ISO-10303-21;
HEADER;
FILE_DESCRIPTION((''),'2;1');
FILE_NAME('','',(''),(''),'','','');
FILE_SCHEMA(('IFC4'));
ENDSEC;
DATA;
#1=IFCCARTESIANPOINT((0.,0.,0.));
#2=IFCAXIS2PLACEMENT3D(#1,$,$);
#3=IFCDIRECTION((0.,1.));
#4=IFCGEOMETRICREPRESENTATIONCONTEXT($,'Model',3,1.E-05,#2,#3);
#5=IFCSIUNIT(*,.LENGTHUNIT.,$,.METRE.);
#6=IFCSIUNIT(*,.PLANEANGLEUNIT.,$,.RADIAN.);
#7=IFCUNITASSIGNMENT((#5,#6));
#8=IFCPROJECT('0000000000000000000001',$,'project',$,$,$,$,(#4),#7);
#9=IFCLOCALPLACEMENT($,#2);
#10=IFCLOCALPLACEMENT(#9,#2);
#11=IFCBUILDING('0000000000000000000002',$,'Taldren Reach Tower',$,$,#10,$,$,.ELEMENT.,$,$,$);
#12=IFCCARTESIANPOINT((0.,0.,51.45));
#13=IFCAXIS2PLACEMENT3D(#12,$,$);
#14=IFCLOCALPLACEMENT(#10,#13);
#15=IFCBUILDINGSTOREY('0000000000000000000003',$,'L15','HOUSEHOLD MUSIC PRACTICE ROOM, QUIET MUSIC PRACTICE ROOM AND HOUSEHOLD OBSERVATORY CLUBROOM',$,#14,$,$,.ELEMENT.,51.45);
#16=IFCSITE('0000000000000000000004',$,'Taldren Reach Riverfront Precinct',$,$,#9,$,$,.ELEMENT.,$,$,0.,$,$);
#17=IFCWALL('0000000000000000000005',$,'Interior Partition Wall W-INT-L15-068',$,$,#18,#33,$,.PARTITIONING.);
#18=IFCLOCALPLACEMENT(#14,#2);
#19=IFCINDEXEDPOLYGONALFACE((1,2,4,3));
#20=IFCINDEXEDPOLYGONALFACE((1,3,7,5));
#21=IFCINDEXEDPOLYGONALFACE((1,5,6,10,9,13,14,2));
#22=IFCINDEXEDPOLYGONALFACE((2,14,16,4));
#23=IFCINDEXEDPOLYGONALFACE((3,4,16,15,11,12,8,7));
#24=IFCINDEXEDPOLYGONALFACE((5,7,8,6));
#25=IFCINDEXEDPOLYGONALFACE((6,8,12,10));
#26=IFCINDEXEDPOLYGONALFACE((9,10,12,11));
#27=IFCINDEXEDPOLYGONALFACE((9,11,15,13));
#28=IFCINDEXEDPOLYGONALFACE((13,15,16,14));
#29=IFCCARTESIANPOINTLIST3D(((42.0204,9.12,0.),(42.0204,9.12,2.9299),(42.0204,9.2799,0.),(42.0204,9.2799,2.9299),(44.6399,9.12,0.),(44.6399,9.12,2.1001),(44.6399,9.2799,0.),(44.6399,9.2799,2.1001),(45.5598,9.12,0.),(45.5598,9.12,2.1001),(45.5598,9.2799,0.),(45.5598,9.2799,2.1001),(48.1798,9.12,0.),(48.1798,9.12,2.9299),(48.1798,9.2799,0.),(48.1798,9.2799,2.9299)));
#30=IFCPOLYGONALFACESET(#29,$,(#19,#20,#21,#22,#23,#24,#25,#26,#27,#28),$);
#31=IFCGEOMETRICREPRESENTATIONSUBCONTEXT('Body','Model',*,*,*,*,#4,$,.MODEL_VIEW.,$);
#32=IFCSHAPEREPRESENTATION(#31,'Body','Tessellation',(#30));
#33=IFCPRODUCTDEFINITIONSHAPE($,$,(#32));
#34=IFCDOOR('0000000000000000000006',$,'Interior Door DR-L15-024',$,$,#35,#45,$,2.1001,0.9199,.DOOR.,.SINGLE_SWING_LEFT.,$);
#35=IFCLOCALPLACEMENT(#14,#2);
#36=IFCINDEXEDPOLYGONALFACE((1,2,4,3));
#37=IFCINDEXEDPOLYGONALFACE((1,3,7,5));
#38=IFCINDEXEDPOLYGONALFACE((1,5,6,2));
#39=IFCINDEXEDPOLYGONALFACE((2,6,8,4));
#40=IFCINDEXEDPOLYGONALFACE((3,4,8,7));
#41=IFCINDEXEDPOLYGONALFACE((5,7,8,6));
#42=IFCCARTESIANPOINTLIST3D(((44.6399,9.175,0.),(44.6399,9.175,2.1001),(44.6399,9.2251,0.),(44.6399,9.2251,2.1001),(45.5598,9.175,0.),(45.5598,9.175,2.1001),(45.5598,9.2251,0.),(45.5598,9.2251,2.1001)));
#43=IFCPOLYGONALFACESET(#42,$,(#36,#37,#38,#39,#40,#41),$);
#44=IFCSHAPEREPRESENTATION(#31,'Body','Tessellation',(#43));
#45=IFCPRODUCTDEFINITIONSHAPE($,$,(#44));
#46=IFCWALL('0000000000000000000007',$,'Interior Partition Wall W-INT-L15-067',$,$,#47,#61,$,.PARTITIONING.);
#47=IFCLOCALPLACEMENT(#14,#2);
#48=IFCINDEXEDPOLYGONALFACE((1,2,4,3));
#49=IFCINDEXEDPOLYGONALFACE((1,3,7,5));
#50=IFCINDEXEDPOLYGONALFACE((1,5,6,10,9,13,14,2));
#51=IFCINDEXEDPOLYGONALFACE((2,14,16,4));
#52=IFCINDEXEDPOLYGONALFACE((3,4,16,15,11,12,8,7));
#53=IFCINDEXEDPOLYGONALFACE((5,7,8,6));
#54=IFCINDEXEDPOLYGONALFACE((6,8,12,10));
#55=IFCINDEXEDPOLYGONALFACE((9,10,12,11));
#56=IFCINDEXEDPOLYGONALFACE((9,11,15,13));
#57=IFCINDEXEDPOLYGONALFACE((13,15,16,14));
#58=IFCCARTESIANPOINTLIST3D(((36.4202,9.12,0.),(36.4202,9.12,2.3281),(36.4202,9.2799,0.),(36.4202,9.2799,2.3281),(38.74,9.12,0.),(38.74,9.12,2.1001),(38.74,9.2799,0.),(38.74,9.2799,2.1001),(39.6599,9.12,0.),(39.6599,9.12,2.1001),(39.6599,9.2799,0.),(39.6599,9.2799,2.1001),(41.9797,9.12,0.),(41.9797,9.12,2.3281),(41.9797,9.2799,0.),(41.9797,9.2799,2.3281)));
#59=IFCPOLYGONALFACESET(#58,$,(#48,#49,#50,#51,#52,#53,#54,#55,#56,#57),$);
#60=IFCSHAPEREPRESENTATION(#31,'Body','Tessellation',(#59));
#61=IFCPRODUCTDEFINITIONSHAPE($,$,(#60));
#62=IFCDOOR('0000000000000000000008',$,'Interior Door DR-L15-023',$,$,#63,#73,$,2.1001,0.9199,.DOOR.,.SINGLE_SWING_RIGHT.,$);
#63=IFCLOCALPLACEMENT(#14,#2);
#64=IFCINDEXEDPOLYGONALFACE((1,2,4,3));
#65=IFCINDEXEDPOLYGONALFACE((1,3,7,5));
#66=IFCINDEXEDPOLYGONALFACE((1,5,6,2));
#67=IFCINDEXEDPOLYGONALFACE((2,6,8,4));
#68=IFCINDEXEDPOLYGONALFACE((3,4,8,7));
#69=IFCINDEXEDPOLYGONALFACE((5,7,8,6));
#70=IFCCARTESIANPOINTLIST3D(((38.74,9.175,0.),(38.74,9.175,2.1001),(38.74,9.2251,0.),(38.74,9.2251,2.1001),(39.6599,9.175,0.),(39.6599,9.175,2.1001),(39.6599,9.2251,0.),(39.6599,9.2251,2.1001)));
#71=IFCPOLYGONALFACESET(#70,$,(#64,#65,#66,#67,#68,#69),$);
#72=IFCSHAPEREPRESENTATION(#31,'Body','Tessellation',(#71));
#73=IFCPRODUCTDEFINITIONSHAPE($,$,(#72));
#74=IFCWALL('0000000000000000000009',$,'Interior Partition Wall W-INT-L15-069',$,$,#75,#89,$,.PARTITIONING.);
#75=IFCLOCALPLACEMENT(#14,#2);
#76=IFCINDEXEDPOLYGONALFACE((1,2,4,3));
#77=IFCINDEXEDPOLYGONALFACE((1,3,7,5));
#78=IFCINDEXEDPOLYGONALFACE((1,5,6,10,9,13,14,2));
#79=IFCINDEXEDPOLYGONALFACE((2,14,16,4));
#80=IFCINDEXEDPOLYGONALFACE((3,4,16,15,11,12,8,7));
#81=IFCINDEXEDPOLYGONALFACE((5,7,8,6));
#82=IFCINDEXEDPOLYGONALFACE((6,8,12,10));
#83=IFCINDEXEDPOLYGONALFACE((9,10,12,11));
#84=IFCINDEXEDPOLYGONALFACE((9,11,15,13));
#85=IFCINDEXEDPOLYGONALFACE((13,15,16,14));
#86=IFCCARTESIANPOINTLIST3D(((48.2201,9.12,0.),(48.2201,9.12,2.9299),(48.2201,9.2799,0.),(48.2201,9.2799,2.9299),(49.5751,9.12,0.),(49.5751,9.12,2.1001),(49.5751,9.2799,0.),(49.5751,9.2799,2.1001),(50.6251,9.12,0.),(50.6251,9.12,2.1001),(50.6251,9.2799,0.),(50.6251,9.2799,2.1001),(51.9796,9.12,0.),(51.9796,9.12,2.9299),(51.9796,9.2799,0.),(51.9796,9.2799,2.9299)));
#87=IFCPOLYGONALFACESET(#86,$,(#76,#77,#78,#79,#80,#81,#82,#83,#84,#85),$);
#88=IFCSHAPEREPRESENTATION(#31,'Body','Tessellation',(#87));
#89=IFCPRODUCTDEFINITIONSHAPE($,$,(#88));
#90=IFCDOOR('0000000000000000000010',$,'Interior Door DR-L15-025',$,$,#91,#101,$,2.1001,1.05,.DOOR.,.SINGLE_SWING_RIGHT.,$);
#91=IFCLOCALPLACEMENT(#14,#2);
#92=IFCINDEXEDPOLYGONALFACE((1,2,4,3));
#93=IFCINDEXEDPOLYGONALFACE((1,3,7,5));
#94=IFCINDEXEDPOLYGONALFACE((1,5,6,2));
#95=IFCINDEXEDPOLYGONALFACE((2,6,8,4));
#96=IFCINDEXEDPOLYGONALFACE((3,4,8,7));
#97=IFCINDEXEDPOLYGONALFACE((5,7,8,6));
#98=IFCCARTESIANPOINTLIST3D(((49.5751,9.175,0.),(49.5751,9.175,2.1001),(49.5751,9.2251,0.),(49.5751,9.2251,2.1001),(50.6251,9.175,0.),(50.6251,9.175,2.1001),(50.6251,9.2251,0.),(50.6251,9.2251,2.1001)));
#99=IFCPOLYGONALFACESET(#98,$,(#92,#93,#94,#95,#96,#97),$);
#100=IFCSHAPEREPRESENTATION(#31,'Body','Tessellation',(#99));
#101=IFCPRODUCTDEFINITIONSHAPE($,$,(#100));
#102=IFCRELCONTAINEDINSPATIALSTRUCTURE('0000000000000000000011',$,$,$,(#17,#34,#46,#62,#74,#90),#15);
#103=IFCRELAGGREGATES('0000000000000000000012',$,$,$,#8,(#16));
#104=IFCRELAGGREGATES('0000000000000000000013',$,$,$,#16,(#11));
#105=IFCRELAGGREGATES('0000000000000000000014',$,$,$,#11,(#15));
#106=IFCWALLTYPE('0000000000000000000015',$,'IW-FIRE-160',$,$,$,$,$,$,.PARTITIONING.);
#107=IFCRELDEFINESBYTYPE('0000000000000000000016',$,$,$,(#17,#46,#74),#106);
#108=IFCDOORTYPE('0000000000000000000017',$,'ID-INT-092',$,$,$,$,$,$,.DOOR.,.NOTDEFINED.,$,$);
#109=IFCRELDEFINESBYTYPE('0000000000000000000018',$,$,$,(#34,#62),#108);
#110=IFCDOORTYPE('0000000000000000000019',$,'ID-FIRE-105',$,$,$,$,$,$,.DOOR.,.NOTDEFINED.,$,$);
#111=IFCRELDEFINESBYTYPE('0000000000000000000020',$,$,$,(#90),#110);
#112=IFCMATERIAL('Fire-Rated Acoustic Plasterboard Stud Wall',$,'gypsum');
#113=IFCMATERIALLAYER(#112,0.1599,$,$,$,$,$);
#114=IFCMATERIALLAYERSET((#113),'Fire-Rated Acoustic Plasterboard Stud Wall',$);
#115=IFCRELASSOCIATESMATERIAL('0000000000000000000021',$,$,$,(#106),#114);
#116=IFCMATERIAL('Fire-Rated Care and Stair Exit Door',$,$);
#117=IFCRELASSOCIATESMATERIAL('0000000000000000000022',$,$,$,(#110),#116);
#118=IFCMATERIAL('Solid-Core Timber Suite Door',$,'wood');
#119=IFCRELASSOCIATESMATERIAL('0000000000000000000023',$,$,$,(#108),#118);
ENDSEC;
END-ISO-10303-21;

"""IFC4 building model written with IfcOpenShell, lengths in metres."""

from ifc_helpers import new_model, si_unit, direction, frame, frame_2d, origin, place, context, subcontext, project, spatial, rectangle, extrude, source, transform, mapped, material, layer, layer_set, type_object, element, fill, save


model = new_model("IFC4")

# Units and contexts
model_context = context("Model", 3, precision=1e-05, world=origin(), true_north=direction((0.0, 1.0)))
body_context = subcontext(model_context, "Body", "Model", "MODEL_VIEW")
ifc_project = project(units=[si_unit("LENGTHUNIT", "METRE"), si_unit("PLANEANGLEUNIT", "RADIAN")], contexts=[model_context])

# Site, building, storey
site_placement = place(None, origin())
site = spatial("IfcSite", under=ifc_project, at=site_placement, Name="Taldren Reach Riverfront Precinct", CompositionType="ELEMENT", RefElevation=0.0)
building_placement = place(site_placement, origin())
building = spatial("IfcBuilding", under=site, at=building_placement, Name="Taldren Reach Tower", CompositionType="ELEMENT")
storey_placement = place(building_placement, frame((0.0, 0.0, 51.45)))
storey = spatial("IfcBuildingStorey", under=building, at=storey_placement, Name="L15", Description="HOUSEHOLD MUSIC PRACTICE ROOM, QUIET MUSIC PRACTICE ROOM AND HOUSEHOLD OBSERVATORY CLUBROOM", CompositionType="ELEMENT", Elevation=51.45)

# Shared definitions
ifc_material_1 = material(Name="Fire-Rated Acoustic Plasterboard Stud Wall", Category="gypsum")
ifc_layer_1 = layer(ifc_material_1, 0.1599)
ifc_layer_set_1 = layer_set([ifc_layer_1], Name="Fire-Rated Acoustic Plasterboard Stud Wall")
wall_type_1 = type_object("IfcWallType", Name="IW-FIRE-160", PredefinedType="PARTITIONING", material=ifc_layer_set_1)
shared_shape_1 = source(origin(), body_context, "Body", "SweptSolid", [
    extrude(rectangle(XDim=1.05, YDim=2.1001, at=frame_2d((0.5249, 1.05))), frame((0.0, 0.0898, 0.0), z_axis=(0.0, -1.0, 0.0), x_axis=(1.0, 0.0, 0.0)), (0.0, 0.0, 1.0), 0.1799),
])
ifc_material_2 = material(Name="Fire-Rated Care and Stair Exit Door")
door_type_1 = type_object("IfcDoorType", Name="ID-FIRE-105", OperationType="NOTDEFINED", PredefinedType="DOOR", material=ifc_material_2)
shared_shape_2 = source(origin(), body_context, "Body", "SweptSolid", [
    extrude(rectangle(XDim=1.05, YDim=2.1001, at=frame_2d((0.5249, 1.05))), frame((0.0, 0.0249, 0.0), z_axis=(0.0, -1.0, 0.0), x_axis=(1.0, 0.0, 0.0)), (0.0, 0.0, 1.0), 0.05),
])

# Shared definitions
shared_shape_3 = source(origin(), body_context, "Body", "SweptSolid", [
    extrude(rectangle(XDim=0.9199, YDim=2.1001, at=frame_2d((0.46, 1.05))), frame((0.0, 0.0898, 0.0), z_axis=(0.0, -1.0, 0.0), x_axis=(1.0, 0.0, 0.0)), (0.0, 0.0, 1.0), 0.1799),
])
ifc_material_3 = material(Name="Solid-Core Timber Suite Door", Category="wood")
door_type_2 = type_object("IfcDoorType", Name="ID-INT-092", OperationType="NOTDEFINED", PredefinedType="DOOR", material=ifc_material_3)
shared_shape_4 = source(origin(), body_context, "Body", "SweptSolid", [
    extrude(rectangle(XDim=0.9199, YDim=2.1001, at=frame_2d((0.46, 1.05))), frame((0.0, 0.0249, 0.0), z_axis=(0.0, -1.0, 0.0), x_axis=(1.0, 0.0, 0.0)), (0.0, 0.0, 1.0), 0.05),
])

# Walls, openings, doors
shared_shape_5 = source(origin(), body_context, "Body", "SweptSolid", [
    extrude(rectangle(XDim=6.1594, YDim=0.1599, at=frame_2d((3.0796, 0.0))), origin(), (0.0, 0.0, 1.0), 2.9299),
])
wall_1_placement = place(storey_placement, frame((48.1797, 9.2, 0.0), z_axis=(0.0, 0.0, 1.0), x_axis=(-1.0, 0.0, 0.0)))
wall_1 = element("IfcWall", 1, at=wall_1_placement, inside=storey, type_object=wall_type_1, Name="Interior Partition Wall W-INT-L15-068", PredefinedType="PARTITIONING", context=body_context, shape_type="MappedRepresentation", body=[
    mapped(shared_shape_5, transform((0.0, 0.0, 0.0), scale=1.0)),
])
opening_1_placement = place(wall_1_placement, frame((2.6199, 0.0, 0.0)))
opening_1 = element("IfcOpeningElement", 2, at=opening_1_placement, cuts=wall_1, PredefinedType="OPENING", context=body_context, shape_type="MappedRepresentation", body=[
    mapped(shared_shape_3, transform((0.0, 0.0, 0.0), scale=1.0)),
])
door_1_placement = place(opening_1_placement, origin())
door_1 = element("IfcDoor", 3, at=door_1_placement, inside=storey, type_object=door_type_2, Name="Interior Door DR-L15-024", OperationType="SINGLE_SWING_LEFT", OverallHeight=2.1001, OverallWidth=0.9199, PredefinedType="DOOR", context=body_context, shape_type="MappedRepresentation", body=[
    mapped(shared_shape_4, transform((0.0, 0.0, 0.0), scale=1.0)),
])
fill(opening_1, door_1)
shared_shape_6 = source(origin(), body_context, "Body", "SweptSolid", [
    extrude(rectangle(XDim=5.5596, YDim=0.1599, at=frame_2d((2.7798, 0.0))), origin(), (0.0, 0.0, 1.0), 2.3281),
])
wall_2_placement = place(storey_placement, frame((41.9797, 9.2, 0.0), z_axis=(0.0, 0.0, 1.0), x_axis=(-1.0, 0.0, 0.0)))
wall_2 = element("IfcWall", 4, at=wall_2_placement, inside=storey, type_object=wall_type_1, Name="Interior Partition Wall W-INT-L15-067", PredefinedType="PARTITIONING", context=body_context, shape_type="MappedRepresentation", body=[
    mapped(shared_shape_6, transform((0.0, 0.0, 0.0), scale=1.0)),
])
opening_2_placement = place(wall_2_placement, frame((2.3198, 0.0, 0.0)))
opening_2 = element("IfcOpeningElement", 5, at=opening_2_placement, cuts=wall_2, PredefinedType="OPENING", context=body_context, shape_type="MappedRepresentation", body=[
    mapped(shared_shape_3, transform((0.0, 0.0, 0.0), scale=1.0)),
])
door_2_placement = place(opening_2_placement, origin())
door_2 = element("IfcDoor", 6, at=door_2_placement, inside=storey, type_object=door_type_2, Name="Interior Door DR-L15-023", OperationType="SINGLE_SWING_RIGHT", OverallHeight=2.1001, OverallWidth=0.9199, PredefinedType="DOOR", context=body_context, shape_type="MappedRepresentation", body=[
    mapped(shared_shape_4, transform((0.0, 0.0, 0.0), scale=1.0)),
])
fill(opening_2, door_2)
shared_shape_7 = source(origin(), body_context, "Body", "SweptSolid", [
    extrude(rectangle(XDim=3.7595, YDim=0.1599, at=frame_2d((1.8799, 0.0))), origin(), (0.0, 0.0, 1.0), 2.9299),
])
wall_3_placement = place(storey_placement, frame((51.9797, 9.2, 0.0), z_axis=(0.0, 0.0, 1.0), x_axis=(-1.0, 0.0, 0.0)))
wall_3 = element("IfcWall", 7, at=wall_3_placement, inside=storey, type_object=wall_type_1, Name="Interior Partition Wall W-INT-L15-069", PredefinedType="PARTITIONING", context=body_context, shape_type="MappedRepresentation", body=[
    mapped(shared_shape_7, transform((0.0, 0.0, 0.0), scale=1.0)),
])
opening_3_placement = place(wall_3_placement, frame((1.3547, 0.0, 0.0)))
opening_3 = element("IfcOpeningElement", 8, at=opening_3_placement, cuts=wall_3, PredefinedType="OPENING", context=body_context, shape_type="MappedRepresentation", body=[
    mapped(shared_shape_1, transform((0.0, 0.0, 0.0), scale=1.0)),
])
door_3_placement = place(opening_3_placement, origin())
door_3 = element("IfcDoor", 9, at=door_3_placement, inside=storey, type_object=door_type_1, Name="Interior Door DR-L15-025", OperationType="SINGLE_SWING_RIGHT", OverallHeight=2.1001, OverallWidth=1.05, PredefinedType="DOOR", context=body_context, shape_type="MappedRepresentation", body=[
    mapped(shared_shape_2, transform((0.0, 0.0, 0.0), scale=1.0)),
])
fill(opening_3, door_3)

save(model, "model.ifc")
